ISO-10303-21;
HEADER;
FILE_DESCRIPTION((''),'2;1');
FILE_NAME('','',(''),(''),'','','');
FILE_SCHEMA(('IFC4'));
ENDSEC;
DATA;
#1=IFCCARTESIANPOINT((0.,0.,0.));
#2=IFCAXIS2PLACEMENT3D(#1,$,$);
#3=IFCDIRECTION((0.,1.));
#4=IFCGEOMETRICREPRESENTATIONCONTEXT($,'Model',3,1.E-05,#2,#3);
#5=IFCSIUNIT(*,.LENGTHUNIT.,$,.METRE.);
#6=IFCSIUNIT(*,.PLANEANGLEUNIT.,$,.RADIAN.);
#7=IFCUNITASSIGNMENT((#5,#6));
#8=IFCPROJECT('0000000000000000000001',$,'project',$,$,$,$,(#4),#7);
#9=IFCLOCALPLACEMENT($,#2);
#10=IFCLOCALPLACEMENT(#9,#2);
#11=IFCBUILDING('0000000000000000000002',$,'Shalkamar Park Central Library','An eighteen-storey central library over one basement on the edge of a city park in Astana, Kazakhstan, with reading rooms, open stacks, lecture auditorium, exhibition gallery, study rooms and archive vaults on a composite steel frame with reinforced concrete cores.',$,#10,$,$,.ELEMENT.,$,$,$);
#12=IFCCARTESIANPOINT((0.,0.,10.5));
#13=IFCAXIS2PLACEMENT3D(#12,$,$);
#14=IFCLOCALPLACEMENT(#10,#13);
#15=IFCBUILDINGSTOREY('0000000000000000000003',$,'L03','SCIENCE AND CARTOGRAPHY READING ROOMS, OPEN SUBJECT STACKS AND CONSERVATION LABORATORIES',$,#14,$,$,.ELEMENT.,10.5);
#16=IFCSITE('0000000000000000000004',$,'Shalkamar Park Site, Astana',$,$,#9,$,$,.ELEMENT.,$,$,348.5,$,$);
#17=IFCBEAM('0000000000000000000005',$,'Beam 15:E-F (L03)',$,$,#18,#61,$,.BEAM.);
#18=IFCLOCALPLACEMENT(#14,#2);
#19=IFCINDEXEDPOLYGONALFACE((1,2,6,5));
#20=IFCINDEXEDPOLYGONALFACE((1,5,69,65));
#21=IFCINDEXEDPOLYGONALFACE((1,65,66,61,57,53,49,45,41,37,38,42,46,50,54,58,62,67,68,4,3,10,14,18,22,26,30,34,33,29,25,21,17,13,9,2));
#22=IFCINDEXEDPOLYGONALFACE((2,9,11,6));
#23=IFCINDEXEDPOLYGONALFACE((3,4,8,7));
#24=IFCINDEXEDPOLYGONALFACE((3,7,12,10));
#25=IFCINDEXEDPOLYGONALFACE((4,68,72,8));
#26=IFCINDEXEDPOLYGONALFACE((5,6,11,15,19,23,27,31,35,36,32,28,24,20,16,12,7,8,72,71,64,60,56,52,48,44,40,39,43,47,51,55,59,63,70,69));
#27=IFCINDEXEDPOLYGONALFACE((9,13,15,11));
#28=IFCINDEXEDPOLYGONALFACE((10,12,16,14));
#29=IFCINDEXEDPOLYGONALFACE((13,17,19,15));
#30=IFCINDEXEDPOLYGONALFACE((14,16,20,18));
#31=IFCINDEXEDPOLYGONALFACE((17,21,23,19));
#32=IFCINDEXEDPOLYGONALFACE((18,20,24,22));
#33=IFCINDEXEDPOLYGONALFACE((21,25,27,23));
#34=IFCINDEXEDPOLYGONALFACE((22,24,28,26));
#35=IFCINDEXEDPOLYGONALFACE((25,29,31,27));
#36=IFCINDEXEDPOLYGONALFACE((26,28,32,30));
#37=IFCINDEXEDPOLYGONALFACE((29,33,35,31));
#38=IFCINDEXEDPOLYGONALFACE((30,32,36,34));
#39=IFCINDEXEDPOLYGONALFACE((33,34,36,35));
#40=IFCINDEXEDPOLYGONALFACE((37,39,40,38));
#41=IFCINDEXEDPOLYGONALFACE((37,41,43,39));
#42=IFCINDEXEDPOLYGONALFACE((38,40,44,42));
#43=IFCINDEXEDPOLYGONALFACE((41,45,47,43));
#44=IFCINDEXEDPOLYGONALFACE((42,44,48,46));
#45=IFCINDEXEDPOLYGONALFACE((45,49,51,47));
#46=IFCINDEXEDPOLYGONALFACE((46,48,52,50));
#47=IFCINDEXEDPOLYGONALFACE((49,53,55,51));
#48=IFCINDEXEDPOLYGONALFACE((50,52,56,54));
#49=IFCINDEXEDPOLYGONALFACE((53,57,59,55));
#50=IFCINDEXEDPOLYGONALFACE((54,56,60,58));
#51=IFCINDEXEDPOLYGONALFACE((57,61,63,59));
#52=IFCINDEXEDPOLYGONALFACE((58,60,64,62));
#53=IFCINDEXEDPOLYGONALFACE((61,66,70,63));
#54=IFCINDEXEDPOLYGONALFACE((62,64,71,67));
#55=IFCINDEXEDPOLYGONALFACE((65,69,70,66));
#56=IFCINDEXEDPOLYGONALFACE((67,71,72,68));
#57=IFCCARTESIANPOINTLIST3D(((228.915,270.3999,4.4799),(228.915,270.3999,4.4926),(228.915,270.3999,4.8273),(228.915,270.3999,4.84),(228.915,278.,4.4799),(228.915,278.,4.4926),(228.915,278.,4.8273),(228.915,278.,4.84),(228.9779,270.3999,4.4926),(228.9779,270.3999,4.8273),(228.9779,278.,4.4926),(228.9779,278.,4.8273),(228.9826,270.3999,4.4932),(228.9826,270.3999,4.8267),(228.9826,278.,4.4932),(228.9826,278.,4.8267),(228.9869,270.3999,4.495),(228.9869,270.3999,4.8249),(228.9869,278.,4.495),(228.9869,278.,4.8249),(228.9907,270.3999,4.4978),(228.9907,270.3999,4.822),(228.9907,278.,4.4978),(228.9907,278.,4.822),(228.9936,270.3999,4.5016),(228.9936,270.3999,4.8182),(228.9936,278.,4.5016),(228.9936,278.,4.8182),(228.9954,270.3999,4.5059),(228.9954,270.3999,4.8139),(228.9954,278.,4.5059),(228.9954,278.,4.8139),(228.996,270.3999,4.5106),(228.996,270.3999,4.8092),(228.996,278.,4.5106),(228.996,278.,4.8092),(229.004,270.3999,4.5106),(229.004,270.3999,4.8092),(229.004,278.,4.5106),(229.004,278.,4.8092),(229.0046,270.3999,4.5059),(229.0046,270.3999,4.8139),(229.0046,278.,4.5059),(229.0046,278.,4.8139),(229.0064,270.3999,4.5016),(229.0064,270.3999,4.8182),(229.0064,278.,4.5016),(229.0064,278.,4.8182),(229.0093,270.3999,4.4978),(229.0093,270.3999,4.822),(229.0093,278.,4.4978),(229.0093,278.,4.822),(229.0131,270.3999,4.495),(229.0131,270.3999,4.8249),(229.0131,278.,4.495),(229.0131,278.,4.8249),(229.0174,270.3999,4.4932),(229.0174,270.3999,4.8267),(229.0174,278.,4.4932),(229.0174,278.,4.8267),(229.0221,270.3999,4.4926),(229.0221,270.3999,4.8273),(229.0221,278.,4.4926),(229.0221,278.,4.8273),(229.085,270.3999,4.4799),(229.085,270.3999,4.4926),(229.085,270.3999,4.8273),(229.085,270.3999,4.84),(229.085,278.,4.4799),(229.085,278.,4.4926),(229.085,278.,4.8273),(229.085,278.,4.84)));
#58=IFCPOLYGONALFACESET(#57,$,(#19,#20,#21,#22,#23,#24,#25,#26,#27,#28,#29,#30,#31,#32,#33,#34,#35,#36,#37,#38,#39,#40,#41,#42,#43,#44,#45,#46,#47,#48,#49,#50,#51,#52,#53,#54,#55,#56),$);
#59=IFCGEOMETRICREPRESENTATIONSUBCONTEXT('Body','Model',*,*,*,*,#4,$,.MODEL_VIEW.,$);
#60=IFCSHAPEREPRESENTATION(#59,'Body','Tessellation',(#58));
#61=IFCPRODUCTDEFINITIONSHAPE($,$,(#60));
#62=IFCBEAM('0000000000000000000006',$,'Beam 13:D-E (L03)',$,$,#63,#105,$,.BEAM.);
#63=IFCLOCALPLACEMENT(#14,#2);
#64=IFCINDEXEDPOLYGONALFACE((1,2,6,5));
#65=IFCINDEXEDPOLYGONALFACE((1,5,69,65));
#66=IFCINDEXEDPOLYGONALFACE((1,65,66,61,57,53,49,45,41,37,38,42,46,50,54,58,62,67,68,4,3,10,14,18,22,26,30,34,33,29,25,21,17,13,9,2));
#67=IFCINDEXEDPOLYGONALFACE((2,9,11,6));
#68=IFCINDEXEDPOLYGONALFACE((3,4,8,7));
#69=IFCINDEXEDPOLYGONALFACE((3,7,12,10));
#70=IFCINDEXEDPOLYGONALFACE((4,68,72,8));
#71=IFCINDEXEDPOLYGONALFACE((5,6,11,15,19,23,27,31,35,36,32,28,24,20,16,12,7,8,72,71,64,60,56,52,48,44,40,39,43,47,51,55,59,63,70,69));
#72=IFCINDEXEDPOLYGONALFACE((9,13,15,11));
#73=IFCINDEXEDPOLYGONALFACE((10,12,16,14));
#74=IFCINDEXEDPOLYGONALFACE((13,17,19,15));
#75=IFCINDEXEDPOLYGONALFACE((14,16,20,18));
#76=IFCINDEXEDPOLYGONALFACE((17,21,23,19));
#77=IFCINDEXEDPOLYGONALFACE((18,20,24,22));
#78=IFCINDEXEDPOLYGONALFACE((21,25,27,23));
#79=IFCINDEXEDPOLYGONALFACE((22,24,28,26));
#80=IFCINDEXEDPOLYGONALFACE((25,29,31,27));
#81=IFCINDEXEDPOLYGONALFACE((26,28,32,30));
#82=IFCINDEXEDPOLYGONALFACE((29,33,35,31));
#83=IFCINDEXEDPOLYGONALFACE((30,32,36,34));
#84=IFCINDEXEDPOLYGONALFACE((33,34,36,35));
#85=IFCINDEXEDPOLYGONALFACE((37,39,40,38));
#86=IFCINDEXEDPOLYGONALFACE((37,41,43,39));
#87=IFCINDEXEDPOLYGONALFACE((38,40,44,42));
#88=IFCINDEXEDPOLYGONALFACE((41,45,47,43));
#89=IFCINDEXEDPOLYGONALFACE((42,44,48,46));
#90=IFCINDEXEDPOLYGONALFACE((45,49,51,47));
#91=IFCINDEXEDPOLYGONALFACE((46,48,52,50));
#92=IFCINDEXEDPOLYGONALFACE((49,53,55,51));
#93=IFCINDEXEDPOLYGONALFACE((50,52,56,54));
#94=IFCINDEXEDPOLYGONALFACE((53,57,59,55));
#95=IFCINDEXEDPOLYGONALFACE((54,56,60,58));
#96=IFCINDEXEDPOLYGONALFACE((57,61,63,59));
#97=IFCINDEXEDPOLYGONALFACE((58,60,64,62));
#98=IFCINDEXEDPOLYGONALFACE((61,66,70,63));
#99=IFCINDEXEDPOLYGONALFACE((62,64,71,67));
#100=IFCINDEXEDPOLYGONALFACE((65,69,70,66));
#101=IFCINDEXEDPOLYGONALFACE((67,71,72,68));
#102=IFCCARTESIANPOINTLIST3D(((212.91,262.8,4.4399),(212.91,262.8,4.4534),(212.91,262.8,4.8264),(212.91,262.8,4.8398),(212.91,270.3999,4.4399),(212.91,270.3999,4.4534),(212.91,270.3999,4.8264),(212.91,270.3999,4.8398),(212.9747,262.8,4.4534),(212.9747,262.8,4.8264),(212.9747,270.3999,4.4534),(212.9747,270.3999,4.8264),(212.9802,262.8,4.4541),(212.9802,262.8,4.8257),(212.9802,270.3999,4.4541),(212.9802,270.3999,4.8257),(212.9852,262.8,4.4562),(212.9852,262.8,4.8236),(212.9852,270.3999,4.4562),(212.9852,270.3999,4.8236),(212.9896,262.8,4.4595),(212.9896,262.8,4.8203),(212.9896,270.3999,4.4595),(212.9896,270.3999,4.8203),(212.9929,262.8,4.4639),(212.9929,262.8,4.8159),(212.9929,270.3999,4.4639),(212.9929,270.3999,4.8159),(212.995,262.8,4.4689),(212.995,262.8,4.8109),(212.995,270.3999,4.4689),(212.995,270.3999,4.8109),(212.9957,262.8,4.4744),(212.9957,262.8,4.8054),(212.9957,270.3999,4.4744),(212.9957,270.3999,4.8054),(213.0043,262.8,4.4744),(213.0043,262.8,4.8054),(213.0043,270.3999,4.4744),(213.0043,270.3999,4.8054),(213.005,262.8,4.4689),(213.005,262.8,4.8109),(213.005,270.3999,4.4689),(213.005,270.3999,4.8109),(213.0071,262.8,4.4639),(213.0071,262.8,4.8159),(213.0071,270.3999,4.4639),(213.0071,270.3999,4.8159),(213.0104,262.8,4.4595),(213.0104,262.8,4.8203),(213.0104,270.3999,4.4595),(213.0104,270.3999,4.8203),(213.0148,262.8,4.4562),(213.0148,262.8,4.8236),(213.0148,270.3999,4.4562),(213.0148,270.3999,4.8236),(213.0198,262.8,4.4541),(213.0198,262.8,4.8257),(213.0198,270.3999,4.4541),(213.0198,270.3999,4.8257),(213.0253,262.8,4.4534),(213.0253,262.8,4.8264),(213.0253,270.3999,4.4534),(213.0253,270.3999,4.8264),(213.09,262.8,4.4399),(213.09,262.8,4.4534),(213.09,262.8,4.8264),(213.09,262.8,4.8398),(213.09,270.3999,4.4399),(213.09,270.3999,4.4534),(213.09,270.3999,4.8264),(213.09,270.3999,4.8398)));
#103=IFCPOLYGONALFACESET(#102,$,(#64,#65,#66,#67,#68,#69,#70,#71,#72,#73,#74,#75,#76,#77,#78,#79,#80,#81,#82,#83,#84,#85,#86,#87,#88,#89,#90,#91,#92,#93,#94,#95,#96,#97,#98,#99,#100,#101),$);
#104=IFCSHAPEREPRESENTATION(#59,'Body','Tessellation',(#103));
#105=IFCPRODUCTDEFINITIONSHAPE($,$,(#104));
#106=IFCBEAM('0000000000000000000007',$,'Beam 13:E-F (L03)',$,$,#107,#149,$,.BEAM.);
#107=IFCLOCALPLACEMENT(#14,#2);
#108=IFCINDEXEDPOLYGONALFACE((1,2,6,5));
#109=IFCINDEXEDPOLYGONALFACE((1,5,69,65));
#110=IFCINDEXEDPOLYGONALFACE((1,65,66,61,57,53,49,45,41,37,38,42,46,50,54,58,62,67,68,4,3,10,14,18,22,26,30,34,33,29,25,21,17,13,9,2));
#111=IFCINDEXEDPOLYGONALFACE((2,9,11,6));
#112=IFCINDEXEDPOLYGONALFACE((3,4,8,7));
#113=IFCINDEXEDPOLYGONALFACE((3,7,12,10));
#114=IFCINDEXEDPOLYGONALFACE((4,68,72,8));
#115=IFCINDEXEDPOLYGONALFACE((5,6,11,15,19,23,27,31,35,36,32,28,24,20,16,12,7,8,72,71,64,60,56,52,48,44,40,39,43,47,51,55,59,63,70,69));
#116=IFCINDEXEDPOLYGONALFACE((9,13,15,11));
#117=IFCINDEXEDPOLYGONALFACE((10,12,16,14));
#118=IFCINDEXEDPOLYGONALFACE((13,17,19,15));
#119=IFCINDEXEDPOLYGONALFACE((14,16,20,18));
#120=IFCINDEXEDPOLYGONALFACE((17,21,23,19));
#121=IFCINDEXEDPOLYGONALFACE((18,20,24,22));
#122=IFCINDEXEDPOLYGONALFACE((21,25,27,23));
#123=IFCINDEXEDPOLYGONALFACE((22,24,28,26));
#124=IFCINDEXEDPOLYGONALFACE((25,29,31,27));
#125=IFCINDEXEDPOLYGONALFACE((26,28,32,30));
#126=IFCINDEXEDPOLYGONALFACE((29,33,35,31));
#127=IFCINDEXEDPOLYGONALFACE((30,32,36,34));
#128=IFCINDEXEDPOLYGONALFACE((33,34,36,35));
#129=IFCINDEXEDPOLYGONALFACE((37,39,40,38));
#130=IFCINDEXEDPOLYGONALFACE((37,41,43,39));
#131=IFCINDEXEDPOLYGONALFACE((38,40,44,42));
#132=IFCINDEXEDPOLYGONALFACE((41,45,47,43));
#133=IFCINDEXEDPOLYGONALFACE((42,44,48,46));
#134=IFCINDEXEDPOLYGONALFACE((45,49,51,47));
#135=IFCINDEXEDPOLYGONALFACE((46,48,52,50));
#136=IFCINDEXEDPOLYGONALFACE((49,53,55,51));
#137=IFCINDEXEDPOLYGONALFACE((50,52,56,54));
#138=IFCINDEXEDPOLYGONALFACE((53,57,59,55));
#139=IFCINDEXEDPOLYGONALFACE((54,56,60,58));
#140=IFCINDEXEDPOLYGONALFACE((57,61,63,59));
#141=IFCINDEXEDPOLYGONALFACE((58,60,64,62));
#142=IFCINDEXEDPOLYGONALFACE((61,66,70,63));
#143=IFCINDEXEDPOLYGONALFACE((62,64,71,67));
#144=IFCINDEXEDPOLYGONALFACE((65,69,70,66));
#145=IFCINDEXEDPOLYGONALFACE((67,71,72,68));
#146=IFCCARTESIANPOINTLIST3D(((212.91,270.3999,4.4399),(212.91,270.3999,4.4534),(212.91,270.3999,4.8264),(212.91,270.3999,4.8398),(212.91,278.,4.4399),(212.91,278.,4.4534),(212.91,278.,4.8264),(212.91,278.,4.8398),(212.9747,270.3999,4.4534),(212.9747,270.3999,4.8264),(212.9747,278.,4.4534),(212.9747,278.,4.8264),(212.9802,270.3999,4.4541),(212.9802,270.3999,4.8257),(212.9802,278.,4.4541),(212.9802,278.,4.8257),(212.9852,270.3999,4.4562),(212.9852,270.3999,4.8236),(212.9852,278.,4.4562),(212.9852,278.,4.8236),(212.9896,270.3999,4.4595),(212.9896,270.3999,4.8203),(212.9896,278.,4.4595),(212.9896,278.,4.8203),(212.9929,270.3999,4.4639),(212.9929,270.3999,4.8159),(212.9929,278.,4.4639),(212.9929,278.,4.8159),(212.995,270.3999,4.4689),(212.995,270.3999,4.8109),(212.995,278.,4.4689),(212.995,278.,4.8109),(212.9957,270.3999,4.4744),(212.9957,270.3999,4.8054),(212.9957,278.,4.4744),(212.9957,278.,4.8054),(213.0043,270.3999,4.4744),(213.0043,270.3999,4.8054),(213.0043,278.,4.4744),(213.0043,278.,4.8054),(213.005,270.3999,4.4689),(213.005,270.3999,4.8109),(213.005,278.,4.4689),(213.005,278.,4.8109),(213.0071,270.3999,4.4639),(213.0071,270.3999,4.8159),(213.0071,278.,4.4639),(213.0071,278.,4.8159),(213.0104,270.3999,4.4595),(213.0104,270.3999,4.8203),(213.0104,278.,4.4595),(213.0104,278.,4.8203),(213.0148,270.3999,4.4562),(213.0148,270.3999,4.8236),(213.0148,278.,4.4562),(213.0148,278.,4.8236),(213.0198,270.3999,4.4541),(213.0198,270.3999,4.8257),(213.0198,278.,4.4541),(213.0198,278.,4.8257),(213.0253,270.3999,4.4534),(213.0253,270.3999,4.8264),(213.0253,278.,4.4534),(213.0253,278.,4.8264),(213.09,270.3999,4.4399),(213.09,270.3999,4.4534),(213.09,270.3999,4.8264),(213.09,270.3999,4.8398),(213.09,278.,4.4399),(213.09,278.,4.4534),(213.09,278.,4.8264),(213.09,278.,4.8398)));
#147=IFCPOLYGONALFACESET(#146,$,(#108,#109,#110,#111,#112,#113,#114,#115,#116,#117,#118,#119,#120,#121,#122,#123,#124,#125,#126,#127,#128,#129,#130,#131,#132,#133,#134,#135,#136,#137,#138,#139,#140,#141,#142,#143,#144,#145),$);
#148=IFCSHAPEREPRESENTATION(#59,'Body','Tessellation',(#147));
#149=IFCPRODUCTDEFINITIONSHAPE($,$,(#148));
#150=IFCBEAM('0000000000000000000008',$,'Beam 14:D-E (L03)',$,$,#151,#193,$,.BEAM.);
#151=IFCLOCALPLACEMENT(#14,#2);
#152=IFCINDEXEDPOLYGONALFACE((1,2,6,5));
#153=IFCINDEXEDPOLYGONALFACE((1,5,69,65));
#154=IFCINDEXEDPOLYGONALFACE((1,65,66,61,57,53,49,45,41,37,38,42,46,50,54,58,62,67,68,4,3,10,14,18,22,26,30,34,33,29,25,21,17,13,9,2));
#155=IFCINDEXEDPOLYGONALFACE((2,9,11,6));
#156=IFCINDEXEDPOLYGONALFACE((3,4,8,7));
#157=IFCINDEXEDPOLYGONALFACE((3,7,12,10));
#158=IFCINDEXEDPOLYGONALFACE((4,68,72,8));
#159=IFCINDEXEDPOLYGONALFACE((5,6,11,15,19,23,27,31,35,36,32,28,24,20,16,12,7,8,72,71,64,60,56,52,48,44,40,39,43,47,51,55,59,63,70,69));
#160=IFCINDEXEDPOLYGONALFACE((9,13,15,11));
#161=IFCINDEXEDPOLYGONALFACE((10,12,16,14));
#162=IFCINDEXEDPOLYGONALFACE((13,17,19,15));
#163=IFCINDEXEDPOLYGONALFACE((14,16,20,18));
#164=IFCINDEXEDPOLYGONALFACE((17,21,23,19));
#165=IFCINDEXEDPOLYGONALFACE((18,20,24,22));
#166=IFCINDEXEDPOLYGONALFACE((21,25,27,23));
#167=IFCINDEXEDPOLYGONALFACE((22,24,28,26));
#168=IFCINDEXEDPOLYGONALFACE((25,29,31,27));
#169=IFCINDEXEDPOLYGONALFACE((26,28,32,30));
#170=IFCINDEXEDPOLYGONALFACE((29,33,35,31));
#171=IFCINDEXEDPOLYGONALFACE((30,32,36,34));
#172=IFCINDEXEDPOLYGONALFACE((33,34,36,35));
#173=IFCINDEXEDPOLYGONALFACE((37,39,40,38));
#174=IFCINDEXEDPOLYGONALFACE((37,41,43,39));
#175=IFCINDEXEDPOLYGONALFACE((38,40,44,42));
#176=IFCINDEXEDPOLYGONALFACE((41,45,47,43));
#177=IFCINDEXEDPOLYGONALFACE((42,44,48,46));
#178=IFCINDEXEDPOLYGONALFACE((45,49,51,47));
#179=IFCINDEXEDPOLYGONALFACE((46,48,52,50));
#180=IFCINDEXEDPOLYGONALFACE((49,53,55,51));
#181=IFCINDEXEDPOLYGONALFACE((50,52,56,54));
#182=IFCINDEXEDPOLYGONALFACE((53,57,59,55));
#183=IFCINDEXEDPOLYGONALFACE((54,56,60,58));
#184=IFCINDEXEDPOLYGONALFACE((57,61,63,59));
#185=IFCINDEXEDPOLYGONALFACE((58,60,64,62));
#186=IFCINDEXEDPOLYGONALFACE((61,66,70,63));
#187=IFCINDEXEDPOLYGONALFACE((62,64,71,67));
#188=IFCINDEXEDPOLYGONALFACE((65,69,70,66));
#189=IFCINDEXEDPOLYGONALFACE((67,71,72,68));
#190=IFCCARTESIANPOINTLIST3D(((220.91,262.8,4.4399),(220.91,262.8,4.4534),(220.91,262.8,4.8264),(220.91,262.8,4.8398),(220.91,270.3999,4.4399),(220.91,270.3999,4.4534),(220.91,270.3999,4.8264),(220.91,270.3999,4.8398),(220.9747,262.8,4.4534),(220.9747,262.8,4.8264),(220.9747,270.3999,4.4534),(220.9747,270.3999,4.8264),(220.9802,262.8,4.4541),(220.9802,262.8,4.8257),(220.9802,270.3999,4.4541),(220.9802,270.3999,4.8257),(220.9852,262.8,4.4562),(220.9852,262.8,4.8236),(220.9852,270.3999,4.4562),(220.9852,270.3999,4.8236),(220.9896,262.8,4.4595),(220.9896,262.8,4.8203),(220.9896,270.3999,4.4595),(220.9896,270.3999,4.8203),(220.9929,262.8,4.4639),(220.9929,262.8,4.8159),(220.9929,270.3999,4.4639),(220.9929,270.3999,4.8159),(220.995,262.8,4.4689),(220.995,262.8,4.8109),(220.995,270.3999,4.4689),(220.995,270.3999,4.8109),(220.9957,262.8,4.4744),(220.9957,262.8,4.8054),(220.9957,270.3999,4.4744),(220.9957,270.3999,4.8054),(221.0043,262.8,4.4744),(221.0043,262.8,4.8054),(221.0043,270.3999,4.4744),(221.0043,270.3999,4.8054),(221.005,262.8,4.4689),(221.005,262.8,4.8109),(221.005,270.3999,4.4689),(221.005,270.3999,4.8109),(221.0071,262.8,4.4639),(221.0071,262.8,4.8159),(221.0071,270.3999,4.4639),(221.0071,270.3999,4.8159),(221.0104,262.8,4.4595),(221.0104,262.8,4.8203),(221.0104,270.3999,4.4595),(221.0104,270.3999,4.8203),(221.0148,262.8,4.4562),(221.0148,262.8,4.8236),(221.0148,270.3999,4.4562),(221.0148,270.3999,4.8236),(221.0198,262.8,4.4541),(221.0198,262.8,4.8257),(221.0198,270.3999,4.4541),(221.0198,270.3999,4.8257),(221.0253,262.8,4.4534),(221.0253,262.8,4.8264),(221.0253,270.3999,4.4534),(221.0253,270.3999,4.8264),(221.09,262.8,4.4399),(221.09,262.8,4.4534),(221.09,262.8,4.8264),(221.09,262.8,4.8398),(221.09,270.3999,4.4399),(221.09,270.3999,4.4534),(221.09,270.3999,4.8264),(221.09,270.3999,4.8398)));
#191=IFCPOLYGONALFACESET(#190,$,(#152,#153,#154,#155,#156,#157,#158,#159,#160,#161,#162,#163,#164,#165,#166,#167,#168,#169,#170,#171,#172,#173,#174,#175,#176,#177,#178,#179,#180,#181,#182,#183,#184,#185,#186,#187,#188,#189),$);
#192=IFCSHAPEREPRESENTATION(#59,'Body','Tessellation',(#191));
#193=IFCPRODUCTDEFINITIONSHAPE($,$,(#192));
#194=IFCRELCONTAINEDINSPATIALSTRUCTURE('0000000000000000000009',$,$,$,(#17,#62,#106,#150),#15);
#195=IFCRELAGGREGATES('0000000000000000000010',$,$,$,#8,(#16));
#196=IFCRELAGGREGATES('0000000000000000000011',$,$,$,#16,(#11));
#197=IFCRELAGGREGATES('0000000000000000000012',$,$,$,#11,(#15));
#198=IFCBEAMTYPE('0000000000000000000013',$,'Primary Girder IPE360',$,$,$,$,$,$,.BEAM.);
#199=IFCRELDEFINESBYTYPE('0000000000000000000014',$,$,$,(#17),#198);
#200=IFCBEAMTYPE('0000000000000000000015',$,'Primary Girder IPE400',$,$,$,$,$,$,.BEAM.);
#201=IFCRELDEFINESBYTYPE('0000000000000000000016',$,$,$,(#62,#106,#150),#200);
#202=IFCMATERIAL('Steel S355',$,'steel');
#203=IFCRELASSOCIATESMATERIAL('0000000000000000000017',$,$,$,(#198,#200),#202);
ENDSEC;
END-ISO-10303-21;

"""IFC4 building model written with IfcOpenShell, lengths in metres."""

from ifc_helpers import new_model, si_unit, direction, frame, origin, origin_2d, place, context, subcontext, project, spatial, i_section, extrude, material, material_profile, profile_set, type_object, element, save


model = new_model("IFC4")

# Units and contexts
model_context = context("Model", 3, precision=1e-05, world=origin(), true_north=direction((0.0, 1.0)))
body_context = subcontext(model_context, "Body", "Model", "MODEL_VIEW")
ifc_project = project(units=[si_unit("LENGTHUNIT", "METRE"), si_unit("PLANEANGLEUNIT", "RADIAN")], contexts=[model_context])

# Site, building, storey
site_placement = place(None, origin())
site = spatial("IfcSite", under=ifc_project, at=site_placement, Name="Shalkamar Park Site, Astana", CompositionType="ELEMENT", RefElevation=348.5)
building_placement = place(site_placement, origin())
building = spatial("IfcBuilding", under=site, at=building_placement, Name="Shalkamar Park Central Library", Description="An eighteen-storey central library over one basement on the edge of a city park in Astana, Kazakhstan, with reading rooms, open stacks, lecture auditorium, exhibition gallery, study rooms and archive vaults on a composite steel frame with reinforced concrete cores.", CompositionType="ELEMENT")
storey_placement = place(building_placement, frame((0.0, 0.0, 10.5)))
storey = spatial("IfcBuildingStorey", under=building, at=storey_placement, Name="L03", Description="SCIENCE AND CARTOGRAPHY READING ROOMS, OPEN SUBJECT STACKS AND CONSERVATION LABORATORIES", CompositionType="ELEMENT", Elevation=10.5)

# Shared definitions
ifc_material_1 = material(Name="Steel S355", Category="steel")

# Beams
ifc_material_profile_1 = material_profile(ifc_material_1, i_section(OverallWidth=0.1699, OverallDepth=0.3601, WebThickness=0.0081, FlangeThickness=0.0127, FilletRadius=0.0181, at=origin_2d()), Name="IPE 360")
ifc_profile_set_1 = profile_set([ifc_material_profile_1], Name="Steel S355")
beam_type_1 = type_object("IfcBeamType", Name="Primary Girder IPE360", PredefinedType="BEAM", material=ifc_profile_set_1)
beam_1_placement = place(storey_placement, frame((229.0, 270.3999, 4.6599), z_axis=(0.0, 1.0, 0.0), x_axis=(-1.0, 0.0, 0.0)))
element("IfcBeam", 1, at=beam_1_placement, inside=storey, type_object=beam_type_1, Name="Beam 15:E-F (L03)", PredefinedType="BEAM", context=body_context, shape_type="SweptSolid", body=[
    extrude(i_section(OverallWidth=0.1699, OverallDepth=0.3601, WebThickness=0.0081, FlangeThickness=0.0127, FilletRadius=0.0181, at=origin_2d()), origin(), (0.0, 0.0, 1.0), 7.6001),
])
ifc_material_profile_2 = material_profile(ifc_material_1, i_section(OverallWidth=0.1799, OverallDepth=0.3999, WebThickness=0.0085, FlangeThickness=0.0134, FilletRadius=0.021, at=origin_2d()), Name="IPE 400")
ifc_profile_set_2 = profile_set([ifc_material_profile_2], Name="Steel S355")
beam_type_2 = type_object("IfcBeamType", Name="Primary Girder IPE400", PredefinedType="BEAM", material=ifc_profile_set_2)
beam_2_placement = place(storey_placement, frame((213.0, 262.8, 4.6399), z_axis=(0.0, 1.0, 0.0), x_axis=(-1.0, 0.0, 0.0)))
element("IfcBeam", 2, at=beam_2_placement, inside=storey, type_object=beam_type_2, Name="Beam 13:D-E (L03)", PredefinedType="BEAM", context=body_context, shape_type="SweptSolid", body=[
    extrude(i_section(OverallWidth=0.1799, OverallDepth=0.3999, WebThickness=0.0085, FlangeThickness=0.0134, FilletRadius=0.021, at=origin_2d()), origin(), (0.0, 0.0, 1.0), 7.5999),
])
beam_3_placement = place(storey_placement, frame((213.0, 270.3999, 4.6399), z_axis=(0.0, 1.0, 0.0), x_axis=(-1.0, 0.0, 0.0)))
element("IfcBeam", 3, at=beam_3_placement, inside=storey, type_object=beam_type_2, Name="Beam 13:E-F (L03)", PredefinedType="BEAM", context=body_context, shape_type="SweptSolid", body=[
    extrude(i_section(OverallWidth=0.1799, OverallDepth=0.3999, WebThickness=0.0085, FlangeThickness=0.0134, FilletRadius=0.021, at=origin_2d()), origin(), (0.0, 0.0, 1.0), 7.6001),
])
beam_4_placement = place(storey_placement, frame((221.0, 262.8, 4.6399), z_axis=(0.0, 1.0, 0.0), x_axis=(-1.0, 0.0, 0.0)))
element("IfcBeam", 4, at=beam_4_placement, inside=storey, type_object=beam_type_2, Name="Beam 14:D-E (L03)", PredefinedType="BEAM", context=body_context, shape_type="SweptSolid", body=[
    extrude(i_section(OverallWidth=0.1799, OverallDepth=0.3999, WebThickness=0.0085, FlangeThickness=0.0134, FilletRadius=0.021, at=origin_2d()), origin(), (0.0, 0.0, 1.0), 7.5999),
])

save(model, "model.ifc")
